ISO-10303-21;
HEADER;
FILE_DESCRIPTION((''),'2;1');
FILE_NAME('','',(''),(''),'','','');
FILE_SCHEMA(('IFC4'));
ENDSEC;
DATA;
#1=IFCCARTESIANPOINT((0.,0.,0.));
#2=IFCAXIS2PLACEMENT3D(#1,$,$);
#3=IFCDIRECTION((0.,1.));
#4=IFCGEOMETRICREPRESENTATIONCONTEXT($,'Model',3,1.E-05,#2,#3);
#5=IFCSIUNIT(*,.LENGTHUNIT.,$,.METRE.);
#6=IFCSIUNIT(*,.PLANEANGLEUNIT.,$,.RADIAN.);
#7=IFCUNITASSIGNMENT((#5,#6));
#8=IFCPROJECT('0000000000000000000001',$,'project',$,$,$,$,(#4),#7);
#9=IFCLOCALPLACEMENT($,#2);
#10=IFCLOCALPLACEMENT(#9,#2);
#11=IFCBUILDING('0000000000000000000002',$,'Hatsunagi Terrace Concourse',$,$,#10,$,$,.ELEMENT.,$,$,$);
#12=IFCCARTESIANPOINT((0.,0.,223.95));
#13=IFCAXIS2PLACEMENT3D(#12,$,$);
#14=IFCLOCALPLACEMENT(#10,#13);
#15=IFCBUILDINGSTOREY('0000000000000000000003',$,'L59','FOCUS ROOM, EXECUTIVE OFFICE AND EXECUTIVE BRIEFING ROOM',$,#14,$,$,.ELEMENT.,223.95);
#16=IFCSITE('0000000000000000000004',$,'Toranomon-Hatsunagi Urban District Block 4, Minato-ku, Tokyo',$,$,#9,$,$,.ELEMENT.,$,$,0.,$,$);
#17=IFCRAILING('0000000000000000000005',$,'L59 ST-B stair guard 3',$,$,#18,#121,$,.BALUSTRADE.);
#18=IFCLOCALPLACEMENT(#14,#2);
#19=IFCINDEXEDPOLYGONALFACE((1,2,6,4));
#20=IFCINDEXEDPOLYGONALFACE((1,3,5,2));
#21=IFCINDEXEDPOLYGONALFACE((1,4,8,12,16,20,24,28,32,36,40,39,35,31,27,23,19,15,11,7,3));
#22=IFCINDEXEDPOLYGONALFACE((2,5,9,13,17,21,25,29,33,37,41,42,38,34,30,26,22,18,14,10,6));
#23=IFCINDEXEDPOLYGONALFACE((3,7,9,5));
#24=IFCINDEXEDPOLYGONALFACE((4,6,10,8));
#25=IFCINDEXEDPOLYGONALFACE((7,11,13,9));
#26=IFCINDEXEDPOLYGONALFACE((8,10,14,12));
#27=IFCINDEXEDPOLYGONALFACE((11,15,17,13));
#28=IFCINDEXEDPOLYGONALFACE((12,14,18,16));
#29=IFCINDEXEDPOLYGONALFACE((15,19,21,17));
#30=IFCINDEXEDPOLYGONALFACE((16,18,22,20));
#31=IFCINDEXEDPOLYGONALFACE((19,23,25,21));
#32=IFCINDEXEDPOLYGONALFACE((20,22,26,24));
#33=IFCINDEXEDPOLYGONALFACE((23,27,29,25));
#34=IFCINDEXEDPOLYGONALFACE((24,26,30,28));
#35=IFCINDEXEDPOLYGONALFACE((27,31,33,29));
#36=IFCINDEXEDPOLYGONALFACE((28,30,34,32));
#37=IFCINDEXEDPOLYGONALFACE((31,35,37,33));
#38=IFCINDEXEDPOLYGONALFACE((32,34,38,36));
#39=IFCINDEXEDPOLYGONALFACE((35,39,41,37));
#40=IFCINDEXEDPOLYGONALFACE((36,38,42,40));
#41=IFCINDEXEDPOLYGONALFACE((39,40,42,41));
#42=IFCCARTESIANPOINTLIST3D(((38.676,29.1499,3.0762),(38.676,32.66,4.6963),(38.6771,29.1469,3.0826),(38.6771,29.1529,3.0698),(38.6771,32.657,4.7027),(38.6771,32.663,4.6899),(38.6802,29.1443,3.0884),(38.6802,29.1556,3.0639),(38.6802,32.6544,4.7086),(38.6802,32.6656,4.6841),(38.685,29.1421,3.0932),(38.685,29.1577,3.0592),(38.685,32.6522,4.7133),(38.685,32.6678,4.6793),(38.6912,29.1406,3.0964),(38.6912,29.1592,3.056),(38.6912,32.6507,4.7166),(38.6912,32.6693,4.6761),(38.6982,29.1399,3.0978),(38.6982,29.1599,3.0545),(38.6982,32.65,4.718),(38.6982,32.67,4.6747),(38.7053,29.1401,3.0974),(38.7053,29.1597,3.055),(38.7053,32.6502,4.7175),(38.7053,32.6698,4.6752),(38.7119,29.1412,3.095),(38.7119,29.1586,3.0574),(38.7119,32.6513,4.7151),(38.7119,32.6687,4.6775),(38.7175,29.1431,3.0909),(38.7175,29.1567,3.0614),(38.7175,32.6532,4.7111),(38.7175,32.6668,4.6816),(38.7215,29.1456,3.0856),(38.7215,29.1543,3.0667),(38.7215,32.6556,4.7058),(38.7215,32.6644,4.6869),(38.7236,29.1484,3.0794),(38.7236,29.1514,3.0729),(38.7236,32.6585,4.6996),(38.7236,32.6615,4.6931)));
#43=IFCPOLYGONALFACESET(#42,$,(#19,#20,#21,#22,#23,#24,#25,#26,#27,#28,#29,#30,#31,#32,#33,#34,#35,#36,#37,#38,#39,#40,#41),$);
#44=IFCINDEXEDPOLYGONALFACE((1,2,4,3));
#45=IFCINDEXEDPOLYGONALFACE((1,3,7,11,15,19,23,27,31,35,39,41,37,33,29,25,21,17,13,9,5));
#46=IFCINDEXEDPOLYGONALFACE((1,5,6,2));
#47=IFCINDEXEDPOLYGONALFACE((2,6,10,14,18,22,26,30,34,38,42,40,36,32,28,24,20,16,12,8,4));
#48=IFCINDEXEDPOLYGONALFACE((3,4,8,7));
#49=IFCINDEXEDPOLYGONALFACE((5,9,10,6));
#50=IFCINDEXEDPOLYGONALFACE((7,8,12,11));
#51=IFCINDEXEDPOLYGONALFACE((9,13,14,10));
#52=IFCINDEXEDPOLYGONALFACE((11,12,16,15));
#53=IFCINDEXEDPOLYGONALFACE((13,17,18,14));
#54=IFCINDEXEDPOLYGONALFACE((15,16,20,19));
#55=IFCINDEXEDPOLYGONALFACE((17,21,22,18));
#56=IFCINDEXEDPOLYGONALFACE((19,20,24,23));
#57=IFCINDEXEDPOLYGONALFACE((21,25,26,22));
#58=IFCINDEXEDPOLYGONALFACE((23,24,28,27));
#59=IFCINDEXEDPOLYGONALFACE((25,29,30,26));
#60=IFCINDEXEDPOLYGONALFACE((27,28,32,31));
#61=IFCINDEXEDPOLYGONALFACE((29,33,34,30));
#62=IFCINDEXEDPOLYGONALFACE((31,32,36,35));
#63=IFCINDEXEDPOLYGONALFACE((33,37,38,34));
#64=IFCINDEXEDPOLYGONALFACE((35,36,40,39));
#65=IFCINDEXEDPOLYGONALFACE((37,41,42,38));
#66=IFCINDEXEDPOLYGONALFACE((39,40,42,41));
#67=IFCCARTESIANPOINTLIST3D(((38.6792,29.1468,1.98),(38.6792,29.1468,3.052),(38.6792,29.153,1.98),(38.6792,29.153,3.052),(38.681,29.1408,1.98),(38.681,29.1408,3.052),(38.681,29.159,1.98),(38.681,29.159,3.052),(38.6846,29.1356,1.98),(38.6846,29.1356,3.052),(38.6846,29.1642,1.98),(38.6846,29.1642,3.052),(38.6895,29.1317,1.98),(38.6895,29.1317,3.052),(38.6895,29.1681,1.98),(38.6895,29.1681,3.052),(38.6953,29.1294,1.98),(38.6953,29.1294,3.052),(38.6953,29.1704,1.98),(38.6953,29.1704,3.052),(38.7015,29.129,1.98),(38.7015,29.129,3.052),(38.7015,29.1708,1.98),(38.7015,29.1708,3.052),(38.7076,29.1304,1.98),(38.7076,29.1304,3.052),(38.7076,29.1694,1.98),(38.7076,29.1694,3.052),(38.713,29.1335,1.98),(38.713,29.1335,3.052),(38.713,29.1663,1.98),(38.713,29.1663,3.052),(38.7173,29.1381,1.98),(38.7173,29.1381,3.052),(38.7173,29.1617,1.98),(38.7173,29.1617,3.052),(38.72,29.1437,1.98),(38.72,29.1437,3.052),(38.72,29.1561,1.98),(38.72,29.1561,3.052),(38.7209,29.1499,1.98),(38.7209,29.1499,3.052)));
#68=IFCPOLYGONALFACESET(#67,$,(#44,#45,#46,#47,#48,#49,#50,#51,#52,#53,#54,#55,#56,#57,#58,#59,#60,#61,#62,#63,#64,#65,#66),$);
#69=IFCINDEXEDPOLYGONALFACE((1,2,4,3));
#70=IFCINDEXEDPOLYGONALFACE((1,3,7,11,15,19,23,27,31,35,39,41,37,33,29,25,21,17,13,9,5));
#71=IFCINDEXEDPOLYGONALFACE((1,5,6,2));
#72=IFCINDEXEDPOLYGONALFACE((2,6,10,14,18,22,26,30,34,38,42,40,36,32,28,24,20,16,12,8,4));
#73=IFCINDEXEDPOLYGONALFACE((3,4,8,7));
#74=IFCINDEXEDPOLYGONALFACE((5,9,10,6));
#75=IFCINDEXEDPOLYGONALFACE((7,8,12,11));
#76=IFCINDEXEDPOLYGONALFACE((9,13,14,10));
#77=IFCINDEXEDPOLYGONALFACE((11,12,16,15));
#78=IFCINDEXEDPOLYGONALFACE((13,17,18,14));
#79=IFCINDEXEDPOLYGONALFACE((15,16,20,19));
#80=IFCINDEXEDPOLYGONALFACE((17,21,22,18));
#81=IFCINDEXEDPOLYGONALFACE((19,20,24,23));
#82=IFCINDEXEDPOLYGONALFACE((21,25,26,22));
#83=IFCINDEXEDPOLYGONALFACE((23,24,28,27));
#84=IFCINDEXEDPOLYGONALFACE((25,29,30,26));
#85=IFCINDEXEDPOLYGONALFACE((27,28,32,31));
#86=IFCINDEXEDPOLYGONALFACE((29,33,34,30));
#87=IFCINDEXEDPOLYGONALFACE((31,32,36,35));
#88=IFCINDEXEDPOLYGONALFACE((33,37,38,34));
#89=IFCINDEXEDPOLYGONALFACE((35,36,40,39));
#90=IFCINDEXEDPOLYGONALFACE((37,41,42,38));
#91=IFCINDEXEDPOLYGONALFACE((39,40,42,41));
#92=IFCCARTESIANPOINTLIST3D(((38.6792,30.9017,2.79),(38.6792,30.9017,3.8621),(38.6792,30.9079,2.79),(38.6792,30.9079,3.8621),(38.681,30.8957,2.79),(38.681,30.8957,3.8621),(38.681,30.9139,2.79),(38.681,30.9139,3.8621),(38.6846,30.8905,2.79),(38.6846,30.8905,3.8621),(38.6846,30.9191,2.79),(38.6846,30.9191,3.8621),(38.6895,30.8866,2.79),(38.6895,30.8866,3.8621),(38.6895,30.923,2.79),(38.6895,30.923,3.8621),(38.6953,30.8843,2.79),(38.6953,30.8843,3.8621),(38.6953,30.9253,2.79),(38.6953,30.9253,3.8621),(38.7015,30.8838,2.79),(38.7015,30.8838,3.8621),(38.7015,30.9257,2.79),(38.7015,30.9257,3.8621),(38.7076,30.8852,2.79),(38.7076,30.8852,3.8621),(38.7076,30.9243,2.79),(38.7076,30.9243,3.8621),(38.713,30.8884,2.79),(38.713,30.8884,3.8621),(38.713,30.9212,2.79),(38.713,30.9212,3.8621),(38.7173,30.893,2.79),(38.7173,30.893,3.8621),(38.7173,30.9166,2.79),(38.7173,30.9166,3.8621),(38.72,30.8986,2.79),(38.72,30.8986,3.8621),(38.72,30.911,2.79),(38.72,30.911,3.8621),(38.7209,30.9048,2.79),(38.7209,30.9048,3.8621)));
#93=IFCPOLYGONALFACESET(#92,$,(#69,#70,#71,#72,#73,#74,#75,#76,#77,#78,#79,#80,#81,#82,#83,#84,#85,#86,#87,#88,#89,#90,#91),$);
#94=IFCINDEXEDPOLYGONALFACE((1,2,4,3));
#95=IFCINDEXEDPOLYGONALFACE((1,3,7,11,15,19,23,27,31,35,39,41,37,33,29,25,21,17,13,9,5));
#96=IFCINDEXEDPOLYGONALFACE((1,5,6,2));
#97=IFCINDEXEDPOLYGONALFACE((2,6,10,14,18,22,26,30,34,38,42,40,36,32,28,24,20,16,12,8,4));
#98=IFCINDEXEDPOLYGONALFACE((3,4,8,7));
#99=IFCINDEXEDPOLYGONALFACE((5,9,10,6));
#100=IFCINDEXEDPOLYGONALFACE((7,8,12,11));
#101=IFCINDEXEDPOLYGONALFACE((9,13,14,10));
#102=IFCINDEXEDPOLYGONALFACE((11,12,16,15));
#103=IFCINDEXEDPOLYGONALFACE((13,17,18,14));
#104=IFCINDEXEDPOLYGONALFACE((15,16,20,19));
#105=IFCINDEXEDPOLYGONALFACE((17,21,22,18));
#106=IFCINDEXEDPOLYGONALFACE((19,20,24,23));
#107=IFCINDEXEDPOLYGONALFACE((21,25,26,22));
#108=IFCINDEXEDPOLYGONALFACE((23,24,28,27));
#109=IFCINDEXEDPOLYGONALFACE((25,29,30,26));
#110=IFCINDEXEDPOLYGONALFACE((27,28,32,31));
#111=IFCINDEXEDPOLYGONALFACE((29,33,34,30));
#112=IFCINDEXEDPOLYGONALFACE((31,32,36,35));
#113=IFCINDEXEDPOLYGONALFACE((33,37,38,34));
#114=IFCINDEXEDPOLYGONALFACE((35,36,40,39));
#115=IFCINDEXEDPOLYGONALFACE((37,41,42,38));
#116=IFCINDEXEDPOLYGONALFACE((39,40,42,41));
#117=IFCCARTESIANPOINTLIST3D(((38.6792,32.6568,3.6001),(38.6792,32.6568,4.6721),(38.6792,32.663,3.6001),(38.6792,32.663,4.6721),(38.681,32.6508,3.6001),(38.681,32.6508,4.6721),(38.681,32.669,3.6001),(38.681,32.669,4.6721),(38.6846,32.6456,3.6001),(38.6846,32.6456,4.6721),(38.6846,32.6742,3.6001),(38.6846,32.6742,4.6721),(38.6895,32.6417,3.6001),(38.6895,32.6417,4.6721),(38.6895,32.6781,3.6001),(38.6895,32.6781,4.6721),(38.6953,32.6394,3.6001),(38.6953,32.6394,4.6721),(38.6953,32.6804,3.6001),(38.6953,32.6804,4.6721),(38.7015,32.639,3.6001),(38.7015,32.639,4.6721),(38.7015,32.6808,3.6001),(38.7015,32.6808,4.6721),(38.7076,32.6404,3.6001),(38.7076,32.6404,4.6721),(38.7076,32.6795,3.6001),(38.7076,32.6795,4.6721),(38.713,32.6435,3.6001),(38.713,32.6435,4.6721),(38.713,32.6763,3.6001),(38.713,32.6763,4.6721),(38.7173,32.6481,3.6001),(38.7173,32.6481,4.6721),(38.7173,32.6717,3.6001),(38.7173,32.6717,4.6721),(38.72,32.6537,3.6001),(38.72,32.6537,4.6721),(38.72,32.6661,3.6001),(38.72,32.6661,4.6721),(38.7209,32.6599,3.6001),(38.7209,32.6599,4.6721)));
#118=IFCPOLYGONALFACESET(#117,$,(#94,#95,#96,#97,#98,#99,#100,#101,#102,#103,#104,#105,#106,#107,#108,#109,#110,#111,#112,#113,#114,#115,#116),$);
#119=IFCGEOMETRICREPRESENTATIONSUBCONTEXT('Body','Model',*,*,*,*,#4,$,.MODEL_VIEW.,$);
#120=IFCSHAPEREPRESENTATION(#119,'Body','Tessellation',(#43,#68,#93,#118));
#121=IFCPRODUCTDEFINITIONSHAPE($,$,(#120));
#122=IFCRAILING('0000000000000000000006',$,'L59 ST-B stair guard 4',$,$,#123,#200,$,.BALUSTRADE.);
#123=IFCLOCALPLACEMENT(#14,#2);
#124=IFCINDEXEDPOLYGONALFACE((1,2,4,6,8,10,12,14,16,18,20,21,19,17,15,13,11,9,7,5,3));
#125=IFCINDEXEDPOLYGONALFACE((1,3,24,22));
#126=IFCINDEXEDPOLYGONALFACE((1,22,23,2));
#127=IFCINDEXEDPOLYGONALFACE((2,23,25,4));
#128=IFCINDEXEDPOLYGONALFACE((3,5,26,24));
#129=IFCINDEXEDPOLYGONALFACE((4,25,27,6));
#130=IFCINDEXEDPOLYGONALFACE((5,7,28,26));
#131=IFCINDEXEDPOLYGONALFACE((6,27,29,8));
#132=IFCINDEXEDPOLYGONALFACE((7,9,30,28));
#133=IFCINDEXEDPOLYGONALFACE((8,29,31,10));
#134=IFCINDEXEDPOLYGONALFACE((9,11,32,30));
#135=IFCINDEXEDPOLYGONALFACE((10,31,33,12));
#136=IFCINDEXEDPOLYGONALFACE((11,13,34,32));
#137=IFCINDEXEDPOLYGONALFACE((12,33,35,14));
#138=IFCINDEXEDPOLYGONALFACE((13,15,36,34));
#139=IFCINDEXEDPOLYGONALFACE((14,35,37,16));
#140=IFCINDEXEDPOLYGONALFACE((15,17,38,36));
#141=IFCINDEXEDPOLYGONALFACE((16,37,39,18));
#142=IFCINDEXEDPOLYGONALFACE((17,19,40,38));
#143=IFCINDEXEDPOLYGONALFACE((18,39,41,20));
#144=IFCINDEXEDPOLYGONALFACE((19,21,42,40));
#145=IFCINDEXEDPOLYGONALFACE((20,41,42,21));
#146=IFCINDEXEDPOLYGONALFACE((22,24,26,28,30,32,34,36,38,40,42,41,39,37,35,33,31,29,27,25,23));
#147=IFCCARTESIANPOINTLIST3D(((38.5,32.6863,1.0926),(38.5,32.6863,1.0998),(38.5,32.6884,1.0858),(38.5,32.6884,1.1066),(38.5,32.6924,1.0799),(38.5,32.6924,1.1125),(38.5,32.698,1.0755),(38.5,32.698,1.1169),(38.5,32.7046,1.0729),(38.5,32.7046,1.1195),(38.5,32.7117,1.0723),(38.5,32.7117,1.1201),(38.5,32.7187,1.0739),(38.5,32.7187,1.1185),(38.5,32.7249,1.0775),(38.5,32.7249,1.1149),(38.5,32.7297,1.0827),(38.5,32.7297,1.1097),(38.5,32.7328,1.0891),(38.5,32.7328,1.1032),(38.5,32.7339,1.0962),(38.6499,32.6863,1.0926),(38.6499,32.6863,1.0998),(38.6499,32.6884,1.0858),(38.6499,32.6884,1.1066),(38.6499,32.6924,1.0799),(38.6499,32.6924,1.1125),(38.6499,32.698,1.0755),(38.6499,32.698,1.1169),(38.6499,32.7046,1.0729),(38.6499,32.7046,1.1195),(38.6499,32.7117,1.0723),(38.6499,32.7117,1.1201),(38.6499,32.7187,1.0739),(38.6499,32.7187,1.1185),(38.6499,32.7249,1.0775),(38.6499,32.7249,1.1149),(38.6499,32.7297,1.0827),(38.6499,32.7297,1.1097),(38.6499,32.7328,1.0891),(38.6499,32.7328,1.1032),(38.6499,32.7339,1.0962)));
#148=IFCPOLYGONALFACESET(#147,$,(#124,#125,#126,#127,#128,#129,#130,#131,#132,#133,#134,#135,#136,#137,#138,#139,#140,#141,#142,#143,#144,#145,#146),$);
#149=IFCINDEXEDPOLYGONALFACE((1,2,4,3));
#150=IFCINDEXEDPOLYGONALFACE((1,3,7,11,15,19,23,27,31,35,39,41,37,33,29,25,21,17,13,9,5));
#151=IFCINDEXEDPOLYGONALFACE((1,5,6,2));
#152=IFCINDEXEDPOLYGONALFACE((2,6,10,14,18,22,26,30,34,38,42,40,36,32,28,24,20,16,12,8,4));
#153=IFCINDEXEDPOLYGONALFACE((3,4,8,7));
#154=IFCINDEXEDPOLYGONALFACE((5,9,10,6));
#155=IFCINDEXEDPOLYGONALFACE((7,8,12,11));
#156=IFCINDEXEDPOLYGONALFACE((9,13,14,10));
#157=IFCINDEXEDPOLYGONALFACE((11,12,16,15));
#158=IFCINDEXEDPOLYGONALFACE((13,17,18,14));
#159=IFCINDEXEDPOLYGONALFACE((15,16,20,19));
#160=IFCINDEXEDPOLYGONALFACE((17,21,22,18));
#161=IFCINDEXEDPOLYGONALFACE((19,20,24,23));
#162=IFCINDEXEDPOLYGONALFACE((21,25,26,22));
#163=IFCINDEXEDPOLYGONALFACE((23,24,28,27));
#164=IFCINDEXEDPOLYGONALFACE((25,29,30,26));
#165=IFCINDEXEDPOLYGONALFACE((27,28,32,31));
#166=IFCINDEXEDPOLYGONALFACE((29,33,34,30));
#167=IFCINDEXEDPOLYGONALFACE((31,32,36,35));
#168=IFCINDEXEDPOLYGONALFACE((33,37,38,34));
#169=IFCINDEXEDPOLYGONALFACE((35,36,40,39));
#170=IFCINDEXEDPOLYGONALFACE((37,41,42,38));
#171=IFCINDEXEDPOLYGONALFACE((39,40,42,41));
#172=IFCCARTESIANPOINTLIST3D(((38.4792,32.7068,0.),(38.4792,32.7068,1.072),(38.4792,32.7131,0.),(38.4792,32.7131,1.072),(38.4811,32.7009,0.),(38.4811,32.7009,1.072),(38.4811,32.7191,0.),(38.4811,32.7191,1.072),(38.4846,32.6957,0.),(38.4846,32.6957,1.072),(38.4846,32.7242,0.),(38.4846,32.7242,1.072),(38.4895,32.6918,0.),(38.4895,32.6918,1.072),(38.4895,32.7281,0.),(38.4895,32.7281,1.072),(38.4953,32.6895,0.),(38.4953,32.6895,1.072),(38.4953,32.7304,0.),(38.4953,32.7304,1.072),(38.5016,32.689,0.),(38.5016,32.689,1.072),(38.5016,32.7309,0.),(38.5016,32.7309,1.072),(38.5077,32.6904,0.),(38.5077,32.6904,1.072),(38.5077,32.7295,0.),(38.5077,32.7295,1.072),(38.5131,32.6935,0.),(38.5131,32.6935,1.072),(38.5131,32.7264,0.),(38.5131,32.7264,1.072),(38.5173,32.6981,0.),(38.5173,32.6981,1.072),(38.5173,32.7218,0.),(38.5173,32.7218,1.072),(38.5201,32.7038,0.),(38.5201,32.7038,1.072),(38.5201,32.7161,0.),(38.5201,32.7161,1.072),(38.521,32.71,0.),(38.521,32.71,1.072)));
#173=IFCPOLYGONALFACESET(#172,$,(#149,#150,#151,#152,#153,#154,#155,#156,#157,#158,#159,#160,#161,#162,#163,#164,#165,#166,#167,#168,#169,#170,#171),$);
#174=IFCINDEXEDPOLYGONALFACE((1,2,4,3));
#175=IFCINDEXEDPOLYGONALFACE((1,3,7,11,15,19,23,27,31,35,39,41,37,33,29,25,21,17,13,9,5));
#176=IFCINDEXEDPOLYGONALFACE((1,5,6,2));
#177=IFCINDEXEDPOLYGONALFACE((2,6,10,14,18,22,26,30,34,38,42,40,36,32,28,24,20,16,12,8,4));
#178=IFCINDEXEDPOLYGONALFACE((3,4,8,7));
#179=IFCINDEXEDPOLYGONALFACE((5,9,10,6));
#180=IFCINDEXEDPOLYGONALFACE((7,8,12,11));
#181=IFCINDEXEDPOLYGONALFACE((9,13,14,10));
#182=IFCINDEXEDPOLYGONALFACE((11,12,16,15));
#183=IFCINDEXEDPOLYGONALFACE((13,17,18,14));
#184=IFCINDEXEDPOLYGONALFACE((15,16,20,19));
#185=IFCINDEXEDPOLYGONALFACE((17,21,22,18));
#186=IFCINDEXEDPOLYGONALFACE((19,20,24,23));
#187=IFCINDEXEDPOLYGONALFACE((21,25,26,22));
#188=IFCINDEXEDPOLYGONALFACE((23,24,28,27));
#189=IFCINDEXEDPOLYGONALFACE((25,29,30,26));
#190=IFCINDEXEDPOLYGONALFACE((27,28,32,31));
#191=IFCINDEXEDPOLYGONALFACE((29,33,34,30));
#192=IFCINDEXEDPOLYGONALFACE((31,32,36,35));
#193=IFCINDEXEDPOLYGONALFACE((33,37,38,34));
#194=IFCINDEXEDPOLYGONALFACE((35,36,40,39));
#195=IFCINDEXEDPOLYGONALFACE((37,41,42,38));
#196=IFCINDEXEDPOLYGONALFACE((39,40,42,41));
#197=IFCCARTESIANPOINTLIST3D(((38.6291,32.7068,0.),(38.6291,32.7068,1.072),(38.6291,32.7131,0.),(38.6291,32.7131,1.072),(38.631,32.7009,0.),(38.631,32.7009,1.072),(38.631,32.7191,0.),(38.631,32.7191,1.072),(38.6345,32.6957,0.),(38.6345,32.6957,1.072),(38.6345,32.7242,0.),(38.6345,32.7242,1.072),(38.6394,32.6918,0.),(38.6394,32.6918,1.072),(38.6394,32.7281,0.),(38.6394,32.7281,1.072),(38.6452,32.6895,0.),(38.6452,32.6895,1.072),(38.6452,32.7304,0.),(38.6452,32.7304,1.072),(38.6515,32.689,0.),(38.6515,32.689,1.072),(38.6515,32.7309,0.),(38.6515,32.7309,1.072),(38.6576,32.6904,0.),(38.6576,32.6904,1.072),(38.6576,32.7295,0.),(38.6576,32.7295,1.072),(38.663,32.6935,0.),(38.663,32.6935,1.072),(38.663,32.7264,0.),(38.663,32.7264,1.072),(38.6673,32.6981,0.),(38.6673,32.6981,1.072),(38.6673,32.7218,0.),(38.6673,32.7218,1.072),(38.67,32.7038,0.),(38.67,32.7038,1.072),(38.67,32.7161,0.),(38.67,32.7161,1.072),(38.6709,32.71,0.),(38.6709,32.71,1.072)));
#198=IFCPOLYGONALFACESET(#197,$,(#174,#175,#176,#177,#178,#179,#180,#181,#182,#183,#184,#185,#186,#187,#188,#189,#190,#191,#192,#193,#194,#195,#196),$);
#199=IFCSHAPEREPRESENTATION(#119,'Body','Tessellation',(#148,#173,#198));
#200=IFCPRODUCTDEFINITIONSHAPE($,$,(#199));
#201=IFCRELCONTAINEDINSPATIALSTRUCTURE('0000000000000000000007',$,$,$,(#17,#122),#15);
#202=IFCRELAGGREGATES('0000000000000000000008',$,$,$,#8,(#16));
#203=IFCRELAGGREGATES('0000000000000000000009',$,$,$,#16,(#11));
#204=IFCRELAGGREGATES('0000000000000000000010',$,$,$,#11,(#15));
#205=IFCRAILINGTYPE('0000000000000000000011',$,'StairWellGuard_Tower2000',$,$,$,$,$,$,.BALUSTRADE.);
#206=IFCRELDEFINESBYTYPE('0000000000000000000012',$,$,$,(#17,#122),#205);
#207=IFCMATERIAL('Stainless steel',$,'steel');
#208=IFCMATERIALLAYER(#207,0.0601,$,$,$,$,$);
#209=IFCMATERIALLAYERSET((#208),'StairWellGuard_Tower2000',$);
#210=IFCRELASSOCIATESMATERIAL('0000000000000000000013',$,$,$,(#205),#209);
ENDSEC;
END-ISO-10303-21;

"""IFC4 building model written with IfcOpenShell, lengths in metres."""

from ifc_helpers import new_model, si_unit, direction, frame, origin, origin_2d, place, context, subcontext, project, spatial, circle, extrude, material, layer, layer_set, type_object, element, save


model = new_model("IFC4")

# Units and contexts
model_context = context("Model", 3, precision=1e-05, world=origin(), true_north=direction((0.0, 1.0)))
body_context = subcontext(model_context, "Body", "Model", "MODEL_VIEW")
ifc_project = project(units=[si_unit("LENGTHUNIT", "METRE"), si_unit("PLANEANGLEUNIT", "RADIAN")], contexts=[model_context])

# Site, building, storey
site_placement = place(None, origin())
site = spatial("IfcSite", under=ifc_project, at=site_placement, Name="Toranomon-Hatsunagi Urban District Block 4, Minato-ku, Tokyo", CompositionType="ELEMENT", RefElevation=0.0)
building_placement = place(site_placement, origin())
building = spatial("IfcBuilding", under=site, at=building_placement, Name="Hatsunagi Terrace Concourse", CompositionType="ELEMENT")
storey_placement = place(building_placement, frame((0.0, 0.0, 223.95)))
storey = spatial("IfcBuildingStorey", under=building, at=storey_placement, Name="L59", Description="FOCUS ROOM, EXECUTIVE OFFICE AND EXECUTIVE BRIEFING ROOM", CompositionType="ELEMENT", Elevation=223.95)

# Railings
ifc_material_1 = material(Name="Stainless steel", Category="steel")
ifc_layer_1 = layer(ifc_material_1, 0.0601)
ifc_layer_set_1 = layer_set([ifc_layer_1], Name="StairWellGuard_Tower2000")
railing_type_1 = type_object("IfcRailingType", Name="StairWellGuard_Tower2000", PredefinedType="BALUSTRADE", material=ifc_layer_set_1)
railing_1_placement = place(storey_placement, frame((38.7, 29.1499, 1.98)))
element("IfcRailing", 1, at=railing_1_placement, inside=storey, type_object=railing_type_1, Name="L59 ST-B stair guard 3", PredefinedType="BALUSTRADE", context=body_context, shape_type="SweptSolid", body=[
    extrude(circle(Radius=0.0239, at=origin_2d()), frame((0.0, 0.0, 1.0962), z_axis=(0.0, 0.907948, 0.419082), x_axis=(-1.0, 0.0, 0.0)), (0.0, 0.0, 1.0), 3.866),
    extrude(circle(Radius=0.021, at=origin_2d()), origin(), (0.0, 0.0, 1.0), 1.072),
    extrude(circle(Radius=0.021, at=origin_2d()), frame((0.0, 1.7549, 0.8101)), (0.0, 0.0, 1.0), 1.072),
    extrude(circle(Radius=0.021, at=origin_2d()), frame((0.0, 3.51, 1.6201)), (0.0, 0.0, 1.0), 1.072),
])
railing_2_placement = place(storey_placement, frame((38.5, 32.71, 0.0)))
element("IfcRailing", 2, at=railing_2_placement, inside=storey, type_object=railing_type_1, Name="L59 ST-B stair guard 4", PredefinedType="BALUSTRADE", context=body_context, shape_type="SweptSolid", body=[
    extrude(circle(Radius=0.0239, at=origin_2d()), frame((0.0, 0.0, 1.0962), z_axis=(1.0, 0.0, 0.0), x_axis=(0.0, 1.0, 0.0)), (0.0, 0.0, 1.0), 0.1499),
    extrude(circle(Radius=0.021, at=origin_2d()), origin(), (0.0, 0.0, 1.0), 1.072),
    extrude(circle(Radius=0.021, at=origin_2d()), frame((0.1499, 0.0, 0.0)), (0.0, 0.0, 1.0), 1.072),
])

save(model, "model.ifc")
